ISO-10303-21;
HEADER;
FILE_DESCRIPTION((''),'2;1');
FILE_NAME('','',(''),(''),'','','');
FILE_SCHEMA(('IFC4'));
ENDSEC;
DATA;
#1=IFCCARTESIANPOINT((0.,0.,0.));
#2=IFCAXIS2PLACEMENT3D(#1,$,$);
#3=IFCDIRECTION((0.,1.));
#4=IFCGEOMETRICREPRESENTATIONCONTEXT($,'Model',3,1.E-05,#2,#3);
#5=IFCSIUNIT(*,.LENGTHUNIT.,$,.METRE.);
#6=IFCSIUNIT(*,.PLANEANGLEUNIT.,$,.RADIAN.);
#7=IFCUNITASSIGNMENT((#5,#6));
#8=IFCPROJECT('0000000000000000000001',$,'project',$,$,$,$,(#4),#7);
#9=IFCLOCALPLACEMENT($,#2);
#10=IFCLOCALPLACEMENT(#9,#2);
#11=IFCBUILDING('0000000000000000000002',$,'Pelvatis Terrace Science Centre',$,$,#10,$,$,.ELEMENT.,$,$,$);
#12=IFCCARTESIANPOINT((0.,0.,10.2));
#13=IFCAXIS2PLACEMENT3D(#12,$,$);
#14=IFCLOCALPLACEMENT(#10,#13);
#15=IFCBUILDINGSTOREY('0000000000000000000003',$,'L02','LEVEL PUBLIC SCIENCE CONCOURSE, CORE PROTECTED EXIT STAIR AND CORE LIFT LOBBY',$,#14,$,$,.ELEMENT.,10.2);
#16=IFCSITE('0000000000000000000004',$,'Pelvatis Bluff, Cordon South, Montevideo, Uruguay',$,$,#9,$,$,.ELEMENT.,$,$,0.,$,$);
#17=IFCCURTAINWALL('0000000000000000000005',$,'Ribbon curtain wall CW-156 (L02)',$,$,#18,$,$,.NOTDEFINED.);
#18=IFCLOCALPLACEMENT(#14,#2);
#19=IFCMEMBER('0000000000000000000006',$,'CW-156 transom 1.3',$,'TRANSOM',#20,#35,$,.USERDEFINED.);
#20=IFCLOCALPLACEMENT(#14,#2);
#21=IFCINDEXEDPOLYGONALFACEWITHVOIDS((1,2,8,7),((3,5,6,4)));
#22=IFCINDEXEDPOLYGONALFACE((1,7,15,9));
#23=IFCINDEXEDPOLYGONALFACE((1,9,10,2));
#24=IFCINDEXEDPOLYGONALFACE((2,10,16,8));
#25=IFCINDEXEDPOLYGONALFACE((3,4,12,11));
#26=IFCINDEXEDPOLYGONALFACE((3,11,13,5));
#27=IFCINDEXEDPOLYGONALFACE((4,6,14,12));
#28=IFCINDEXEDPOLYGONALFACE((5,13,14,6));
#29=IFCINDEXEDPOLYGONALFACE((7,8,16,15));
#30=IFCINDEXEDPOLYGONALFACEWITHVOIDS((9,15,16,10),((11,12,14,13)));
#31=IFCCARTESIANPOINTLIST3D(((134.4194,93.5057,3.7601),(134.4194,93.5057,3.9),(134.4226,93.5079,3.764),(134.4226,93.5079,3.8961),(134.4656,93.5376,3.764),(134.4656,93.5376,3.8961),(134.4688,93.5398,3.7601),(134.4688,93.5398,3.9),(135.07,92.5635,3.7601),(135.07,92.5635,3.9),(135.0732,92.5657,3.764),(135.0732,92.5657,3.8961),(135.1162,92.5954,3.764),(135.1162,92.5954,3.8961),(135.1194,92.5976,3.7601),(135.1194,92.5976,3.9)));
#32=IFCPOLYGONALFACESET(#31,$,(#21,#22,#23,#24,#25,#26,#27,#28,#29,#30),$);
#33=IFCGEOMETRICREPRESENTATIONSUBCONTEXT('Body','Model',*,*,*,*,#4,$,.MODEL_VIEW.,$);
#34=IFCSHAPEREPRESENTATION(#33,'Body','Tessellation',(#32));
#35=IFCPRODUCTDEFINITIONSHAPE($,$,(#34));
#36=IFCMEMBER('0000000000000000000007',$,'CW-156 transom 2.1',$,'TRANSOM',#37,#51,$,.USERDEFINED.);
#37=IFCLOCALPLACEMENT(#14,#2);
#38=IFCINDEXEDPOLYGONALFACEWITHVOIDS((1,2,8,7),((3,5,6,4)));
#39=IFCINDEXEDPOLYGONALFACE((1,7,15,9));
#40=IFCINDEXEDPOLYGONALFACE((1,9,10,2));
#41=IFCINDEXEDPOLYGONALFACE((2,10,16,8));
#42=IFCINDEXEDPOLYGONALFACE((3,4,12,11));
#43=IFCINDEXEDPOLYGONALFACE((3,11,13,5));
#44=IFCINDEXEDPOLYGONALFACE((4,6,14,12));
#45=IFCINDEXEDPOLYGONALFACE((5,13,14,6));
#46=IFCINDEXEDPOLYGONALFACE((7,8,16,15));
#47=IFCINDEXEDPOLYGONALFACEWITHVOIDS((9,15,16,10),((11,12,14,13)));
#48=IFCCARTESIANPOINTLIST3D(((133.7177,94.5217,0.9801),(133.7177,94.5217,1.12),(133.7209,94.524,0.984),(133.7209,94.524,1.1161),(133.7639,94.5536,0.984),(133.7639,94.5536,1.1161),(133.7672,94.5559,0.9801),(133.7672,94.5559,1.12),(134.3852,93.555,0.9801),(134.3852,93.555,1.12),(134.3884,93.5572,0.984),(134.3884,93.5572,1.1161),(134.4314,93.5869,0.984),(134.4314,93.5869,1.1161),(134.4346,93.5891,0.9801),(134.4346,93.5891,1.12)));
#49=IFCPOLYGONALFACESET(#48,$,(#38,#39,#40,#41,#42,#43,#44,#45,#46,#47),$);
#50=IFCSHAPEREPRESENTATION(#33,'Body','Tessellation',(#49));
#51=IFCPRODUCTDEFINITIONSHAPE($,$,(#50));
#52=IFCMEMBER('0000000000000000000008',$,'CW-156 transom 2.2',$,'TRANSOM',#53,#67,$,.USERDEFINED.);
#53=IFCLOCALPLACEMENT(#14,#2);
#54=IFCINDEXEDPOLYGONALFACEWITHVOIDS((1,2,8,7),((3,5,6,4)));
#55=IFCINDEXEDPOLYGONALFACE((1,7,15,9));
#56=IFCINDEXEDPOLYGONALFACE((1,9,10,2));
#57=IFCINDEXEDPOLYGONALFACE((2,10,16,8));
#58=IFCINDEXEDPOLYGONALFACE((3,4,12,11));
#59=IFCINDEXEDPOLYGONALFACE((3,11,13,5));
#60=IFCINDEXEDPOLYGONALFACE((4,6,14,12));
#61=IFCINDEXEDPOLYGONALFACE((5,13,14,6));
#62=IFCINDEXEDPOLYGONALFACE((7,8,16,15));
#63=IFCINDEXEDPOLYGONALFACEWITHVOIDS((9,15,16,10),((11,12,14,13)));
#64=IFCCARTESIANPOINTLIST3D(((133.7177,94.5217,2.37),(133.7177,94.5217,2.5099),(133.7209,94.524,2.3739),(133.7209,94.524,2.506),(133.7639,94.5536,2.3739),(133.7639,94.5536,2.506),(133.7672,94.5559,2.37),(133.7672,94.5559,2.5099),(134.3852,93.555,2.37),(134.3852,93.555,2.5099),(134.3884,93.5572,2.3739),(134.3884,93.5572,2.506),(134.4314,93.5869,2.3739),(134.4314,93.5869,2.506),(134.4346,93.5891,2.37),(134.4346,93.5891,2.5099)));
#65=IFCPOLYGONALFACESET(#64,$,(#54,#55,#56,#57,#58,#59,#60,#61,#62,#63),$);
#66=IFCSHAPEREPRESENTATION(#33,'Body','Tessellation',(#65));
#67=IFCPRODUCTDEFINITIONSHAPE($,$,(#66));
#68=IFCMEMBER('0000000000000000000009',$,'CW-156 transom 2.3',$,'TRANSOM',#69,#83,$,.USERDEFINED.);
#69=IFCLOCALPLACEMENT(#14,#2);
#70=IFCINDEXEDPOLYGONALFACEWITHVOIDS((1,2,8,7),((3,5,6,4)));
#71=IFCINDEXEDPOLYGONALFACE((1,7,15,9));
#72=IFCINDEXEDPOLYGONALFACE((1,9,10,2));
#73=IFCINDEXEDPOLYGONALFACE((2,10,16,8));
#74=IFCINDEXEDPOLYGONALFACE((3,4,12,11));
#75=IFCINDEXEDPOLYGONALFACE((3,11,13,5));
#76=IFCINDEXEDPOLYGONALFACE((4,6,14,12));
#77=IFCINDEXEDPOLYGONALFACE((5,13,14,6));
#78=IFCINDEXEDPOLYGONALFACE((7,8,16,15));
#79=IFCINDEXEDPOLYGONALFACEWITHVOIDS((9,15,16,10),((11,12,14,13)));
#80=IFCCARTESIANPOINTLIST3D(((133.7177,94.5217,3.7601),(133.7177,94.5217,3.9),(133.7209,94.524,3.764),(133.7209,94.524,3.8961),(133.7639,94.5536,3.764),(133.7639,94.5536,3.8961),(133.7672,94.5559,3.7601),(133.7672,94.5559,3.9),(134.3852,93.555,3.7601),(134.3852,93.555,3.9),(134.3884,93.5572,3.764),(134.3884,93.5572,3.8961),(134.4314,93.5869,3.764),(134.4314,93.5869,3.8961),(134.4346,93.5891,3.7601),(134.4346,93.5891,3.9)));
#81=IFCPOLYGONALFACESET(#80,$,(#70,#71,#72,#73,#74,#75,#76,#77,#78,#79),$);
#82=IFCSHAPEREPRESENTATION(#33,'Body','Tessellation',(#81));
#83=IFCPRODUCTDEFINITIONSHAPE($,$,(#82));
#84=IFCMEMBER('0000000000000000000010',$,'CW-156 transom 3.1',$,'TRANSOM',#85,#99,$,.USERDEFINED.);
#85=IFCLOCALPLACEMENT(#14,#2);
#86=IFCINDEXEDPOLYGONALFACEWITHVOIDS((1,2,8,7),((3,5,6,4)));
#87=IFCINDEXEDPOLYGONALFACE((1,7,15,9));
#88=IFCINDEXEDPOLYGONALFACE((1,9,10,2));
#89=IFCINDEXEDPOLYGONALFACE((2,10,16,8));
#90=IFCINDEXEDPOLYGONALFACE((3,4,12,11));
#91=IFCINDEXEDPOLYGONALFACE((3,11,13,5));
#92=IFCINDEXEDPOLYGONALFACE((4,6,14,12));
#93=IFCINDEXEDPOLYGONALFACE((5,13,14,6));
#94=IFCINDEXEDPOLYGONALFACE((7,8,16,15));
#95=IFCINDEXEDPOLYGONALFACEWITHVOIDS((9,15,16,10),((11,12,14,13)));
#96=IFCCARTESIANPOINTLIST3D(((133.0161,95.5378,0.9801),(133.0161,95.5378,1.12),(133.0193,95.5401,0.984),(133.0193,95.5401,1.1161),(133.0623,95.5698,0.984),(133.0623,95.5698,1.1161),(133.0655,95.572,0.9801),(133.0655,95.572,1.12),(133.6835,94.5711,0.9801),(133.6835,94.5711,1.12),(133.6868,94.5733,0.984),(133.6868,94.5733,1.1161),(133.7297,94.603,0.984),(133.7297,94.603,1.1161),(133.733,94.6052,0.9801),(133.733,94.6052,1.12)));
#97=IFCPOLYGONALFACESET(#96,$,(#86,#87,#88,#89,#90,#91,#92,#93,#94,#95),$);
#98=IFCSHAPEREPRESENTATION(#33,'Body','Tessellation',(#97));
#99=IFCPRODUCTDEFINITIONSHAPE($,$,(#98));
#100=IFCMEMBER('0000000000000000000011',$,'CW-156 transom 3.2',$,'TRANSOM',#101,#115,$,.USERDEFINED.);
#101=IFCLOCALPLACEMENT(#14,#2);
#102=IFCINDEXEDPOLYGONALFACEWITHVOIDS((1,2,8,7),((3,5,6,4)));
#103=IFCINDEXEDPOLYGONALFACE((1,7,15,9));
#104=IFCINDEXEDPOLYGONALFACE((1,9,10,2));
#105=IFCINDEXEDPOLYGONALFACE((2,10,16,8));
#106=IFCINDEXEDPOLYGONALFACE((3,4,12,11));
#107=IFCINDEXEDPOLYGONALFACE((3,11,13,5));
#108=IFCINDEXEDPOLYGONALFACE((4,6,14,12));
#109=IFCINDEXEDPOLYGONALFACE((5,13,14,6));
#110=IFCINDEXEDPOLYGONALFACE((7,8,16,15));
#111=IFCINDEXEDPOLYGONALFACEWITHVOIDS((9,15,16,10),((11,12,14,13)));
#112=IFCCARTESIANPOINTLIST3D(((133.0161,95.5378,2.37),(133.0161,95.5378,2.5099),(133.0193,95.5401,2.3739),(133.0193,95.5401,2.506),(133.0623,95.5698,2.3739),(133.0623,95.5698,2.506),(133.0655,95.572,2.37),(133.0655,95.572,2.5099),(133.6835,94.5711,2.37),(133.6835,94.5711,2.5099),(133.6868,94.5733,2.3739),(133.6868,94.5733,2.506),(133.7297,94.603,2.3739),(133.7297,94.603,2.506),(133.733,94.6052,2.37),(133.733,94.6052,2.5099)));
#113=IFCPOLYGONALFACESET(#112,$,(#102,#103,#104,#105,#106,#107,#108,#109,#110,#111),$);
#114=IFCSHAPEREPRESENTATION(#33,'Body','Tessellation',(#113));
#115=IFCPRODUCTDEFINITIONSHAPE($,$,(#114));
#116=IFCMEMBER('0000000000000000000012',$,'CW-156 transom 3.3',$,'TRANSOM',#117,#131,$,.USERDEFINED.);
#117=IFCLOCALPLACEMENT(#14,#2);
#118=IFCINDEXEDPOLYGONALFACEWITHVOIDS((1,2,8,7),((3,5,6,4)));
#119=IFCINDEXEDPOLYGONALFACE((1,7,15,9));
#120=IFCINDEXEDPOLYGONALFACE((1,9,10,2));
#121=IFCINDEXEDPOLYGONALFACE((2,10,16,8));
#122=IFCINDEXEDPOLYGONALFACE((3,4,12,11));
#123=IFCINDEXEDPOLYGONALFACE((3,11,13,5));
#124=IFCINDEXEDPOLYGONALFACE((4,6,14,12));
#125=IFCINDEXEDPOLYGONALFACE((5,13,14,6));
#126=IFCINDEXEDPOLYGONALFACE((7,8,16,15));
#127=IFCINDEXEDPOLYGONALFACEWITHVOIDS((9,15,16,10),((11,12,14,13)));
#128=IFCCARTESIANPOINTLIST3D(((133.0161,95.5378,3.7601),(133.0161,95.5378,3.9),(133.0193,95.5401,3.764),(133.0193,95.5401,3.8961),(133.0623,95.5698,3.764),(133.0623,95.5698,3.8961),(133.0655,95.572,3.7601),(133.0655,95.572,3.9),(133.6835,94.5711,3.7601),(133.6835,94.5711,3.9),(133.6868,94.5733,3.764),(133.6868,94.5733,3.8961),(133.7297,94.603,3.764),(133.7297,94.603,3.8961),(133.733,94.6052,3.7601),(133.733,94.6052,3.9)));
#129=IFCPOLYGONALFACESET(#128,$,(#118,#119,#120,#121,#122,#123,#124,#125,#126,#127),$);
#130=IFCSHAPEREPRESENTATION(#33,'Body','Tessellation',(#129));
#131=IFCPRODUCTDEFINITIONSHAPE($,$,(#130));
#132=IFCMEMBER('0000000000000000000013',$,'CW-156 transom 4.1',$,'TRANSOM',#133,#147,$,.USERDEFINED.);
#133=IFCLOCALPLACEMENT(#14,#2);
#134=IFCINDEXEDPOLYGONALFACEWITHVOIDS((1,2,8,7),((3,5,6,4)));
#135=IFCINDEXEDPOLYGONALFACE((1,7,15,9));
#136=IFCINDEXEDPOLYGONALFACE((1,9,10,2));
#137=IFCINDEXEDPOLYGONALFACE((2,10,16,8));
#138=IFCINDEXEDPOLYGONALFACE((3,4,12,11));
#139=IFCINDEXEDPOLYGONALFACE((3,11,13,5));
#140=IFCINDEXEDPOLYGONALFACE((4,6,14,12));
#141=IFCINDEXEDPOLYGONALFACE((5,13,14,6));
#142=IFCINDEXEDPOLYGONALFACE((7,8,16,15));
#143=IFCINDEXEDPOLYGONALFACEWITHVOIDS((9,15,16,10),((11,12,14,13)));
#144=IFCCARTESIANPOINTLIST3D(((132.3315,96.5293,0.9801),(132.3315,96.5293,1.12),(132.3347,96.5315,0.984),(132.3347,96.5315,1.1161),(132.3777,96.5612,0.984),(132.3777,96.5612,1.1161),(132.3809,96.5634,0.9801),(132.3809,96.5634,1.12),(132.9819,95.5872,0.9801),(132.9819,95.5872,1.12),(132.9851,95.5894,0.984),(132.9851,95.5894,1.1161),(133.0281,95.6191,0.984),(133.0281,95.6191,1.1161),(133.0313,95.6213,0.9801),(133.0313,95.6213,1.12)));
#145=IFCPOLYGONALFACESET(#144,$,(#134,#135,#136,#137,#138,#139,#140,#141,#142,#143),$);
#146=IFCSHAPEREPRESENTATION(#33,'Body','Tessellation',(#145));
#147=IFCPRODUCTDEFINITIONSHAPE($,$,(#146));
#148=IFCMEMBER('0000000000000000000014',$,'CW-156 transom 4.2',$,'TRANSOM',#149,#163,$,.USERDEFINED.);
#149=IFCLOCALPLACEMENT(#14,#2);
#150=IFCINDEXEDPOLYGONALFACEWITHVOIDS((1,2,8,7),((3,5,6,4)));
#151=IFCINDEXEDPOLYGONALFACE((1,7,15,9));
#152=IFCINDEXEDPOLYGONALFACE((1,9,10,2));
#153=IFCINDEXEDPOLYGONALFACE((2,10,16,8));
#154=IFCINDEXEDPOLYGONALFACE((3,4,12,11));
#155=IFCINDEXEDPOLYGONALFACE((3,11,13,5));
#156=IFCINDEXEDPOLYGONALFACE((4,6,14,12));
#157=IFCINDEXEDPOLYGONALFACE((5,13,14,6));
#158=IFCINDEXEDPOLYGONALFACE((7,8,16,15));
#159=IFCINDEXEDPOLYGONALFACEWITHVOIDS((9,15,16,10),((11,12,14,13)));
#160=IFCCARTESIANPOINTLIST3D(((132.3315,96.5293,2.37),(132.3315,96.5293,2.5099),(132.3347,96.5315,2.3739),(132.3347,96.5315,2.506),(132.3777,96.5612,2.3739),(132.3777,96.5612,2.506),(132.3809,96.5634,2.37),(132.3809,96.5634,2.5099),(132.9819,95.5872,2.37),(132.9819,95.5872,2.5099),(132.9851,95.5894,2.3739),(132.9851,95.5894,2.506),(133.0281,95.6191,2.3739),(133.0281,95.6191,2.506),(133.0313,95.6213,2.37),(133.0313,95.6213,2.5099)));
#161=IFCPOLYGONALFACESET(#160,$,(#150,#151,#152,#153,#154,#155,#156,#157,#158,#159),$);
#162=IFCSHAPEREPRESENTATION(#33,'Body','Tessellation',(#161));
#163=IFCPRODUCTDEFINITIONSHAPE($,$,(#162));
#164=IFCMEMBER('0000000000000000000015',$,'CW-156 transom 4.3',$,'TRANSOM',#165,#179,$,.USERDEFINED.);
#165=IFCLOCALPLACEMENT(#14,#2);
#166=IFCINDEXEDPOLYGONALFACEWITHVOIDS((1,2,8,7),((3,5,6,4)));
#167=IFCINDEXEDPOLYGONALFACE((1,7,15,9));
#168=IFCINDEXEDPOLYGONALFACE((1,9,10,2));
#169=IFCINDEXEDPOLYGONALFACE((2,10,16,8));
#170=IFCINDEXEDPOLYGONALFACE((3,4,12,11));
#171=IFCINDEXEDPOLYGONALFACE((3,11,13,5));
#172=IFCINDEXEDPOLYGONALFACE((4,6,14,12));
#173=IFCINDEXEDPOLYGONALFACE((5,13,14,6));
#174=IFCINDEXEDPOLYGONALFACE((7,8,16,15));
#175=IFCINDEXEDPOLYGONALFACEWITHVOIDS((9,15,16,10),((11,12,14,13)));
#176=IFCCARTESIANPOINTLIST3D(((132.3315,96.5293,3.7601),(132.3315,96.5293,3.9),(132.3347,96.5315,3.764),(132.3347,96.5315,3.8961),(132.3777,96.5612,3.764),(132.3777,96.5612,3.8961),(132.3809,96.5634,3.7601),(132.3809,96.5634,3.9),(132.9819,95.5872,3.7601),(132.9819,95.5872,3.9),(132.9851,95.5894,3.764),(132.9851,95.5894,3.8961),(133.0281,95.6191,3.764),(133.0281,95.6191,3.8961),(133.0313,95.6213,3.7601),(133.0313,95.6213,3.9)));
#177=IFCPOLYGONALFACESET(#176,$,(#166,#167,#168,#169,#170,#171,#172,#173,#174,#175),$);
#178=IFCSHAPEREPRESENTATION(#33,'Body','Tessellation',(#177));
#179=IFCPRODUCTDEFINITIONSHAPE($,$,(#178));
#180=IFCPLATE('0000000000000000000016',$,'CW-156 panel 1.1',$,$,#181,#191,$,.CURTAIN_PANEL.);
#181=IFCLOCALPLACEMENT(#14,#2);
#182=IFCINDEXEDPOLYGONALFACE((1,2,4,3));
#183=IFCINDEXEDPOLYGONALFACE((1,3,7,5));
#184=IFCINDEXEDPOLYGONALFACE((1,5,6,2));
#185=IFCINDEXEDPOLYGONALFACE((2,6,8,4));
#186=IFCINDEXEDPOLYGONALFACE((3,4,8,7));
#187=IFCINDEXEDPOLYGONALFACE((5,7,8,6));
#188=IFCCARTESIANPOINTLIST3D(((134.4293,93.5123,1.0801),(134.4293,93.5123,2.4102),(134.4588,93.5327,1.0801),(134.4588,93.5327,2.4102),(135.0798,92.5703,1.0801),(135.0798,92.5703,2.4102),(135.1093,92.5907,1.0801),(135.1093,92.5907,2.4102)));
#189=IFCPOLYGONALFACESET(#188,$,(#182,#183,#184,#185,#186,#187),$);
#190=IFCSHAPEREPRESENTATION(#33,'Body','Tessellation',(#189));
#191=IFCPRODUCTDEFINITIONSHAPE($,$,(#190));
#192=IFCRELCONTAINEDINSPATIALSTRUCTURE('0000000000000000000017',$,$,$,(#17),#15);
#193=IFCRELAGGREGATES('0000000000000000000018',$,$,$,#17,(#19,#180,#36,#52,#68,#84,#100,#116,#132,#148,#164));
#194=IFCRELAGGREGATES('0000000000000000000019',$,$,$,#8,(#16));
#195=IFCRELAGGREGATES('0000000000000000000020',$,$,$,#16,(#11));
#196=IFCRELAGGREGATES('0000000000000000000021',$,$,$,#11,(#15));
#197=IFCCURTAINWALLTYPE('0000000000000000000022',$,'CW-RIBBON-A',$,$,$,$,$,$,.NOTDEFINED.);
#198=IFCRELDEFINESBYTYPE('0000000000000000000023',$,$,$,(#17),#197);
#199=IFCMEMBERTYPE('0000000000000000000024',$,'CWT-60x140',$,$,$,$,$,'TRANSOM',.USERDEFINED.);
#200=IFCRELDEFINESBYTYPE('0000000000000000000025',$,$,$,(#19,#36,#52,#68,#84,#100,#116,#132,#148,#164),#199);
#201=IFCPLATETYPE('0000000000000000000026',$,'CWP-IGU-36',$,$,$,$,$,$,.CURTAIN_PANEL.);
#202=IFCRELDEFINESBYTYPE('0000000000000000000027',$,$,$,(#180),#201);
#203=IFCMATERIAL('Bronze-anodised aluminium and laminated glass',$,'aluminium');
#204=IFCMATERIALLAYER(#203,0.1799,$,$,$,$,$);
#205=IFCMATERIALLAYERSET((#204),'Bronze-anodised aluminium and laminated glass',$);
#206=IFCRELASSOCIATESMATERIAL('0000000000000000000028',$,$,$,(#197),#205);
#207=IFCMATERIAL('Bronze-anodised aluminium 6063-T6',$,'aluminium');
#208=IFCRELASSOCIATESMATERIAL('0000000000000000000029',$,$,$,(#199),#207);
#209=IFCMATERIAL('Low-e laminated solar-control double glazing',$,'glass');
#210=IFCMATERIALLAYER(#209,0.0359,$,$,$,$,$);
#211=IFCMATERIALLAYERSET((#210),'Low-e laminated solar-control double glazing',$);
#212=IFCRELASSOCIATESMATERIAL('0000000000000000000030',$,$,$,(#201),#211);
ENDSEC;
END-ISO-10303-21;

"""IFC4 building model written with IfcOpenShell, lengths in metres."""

from ifc_helpers import new_model, si_unit, direction, frame, origin, origin_2d, place, context, subcontext, project, spatial, rectangle, hollow_rectangle, extrude, material, layer, layer_set, material_profile, profile_set, type_object, element, aggregate, save


model = new_model("IFC4")

# Units and contexts
model_context = context("Model", 3, precision=1e-05, world=origin(), true_north=direction((0.0, 1.0)))
body_context = subcontext(model_context, "Body", "Model", "MODEL_VIEW")
ifc_project = project(units=[si_unit("LENGTHUNIT", "METRE"), si_unit("PLANEANGLEUNIT", "RADIAN")], contexts=[model_context])

# Site, building, storey
site_placement = place(None, origin())
site = spatial("IfcSite", under=ifc_project, at=site_placement, Name="Pelvatis Bluff, Cordon South, Montevideo, Uruguay", CompositionType="ELEMENT", RefElevation=0.0)
building_placement = place(site_placement, origin())
building = spatial("IfcBuilding", under=site, at=building_placement, Name="Pelvatis Terrace Science Centre", CompositionType="ELEMENT")
storey_placement = place(building_placement, frame((0.0, 0.0, 10.2)))
storey = spatial("IfcBuildingStorey", under=building, at=storey_placement, Name="L02", Description="LEVEL PUBLIC SCIENCE CONCOURSE, CORE PROTECTED EXIT STAIR AND CORE LIFT LOBBY", CompositionType="ELEMENT", Elevation=10.2)

# Curtain wall, members, plate
ifc_material_1 = material(Name="Bronze-anodised aluminium and laminated glass", Category="aluminium")
ifc_layer_1 = layer(ifc_material_1, 0.1799)
ifc_layer_set_1 = layer_set([ifc_layer_1], Name="Bronze-anodised aluminium and laminated glass")
curtain_wall_type = type_object("IfcCurtainWallType", Name="CW-RIBBON-A", PredefinedType="NOTDEFINED", material=ifc_layer_set_1)
curtain_wall_placement = place(storey_placement, origin())
curtain_wall = element("IfcCurtainWall", 1, at=curtain_wall_placement, inside=storey, type_object=curtain_wall_type, Name="Ribbon curtain wall CW-156 (L02)", PredefinedType="NOTDEFINED")
ifc_material_2 = material(Name="Bronze-anodised aluminium 6063-T6", Category="aluminium")
ifc_material_profile_1 = material_profile(ifc_material_2, hollow_rectangle(XDim=0.0601, YDim=0.1399, WallThickness=0.0039, at=origin_2d()), Name="ALU-TRN 60x140")
ifc_profile_set_1 = profile_set([ifc_material_profile_1], Name="Bronze-anodised aluminium 6063-T6")
member_type_1 = type_object("IfcMemberType", Name="CWT-60x140", ElementType="TRANSOM", PredefinedType="USERDEFINED", material=ifc_profile_set_1)
member_1_placement = place(storey_placement, frame((135.0947, 92.5806, 3.8301), z_axis=(-0.568256, 0.822852, 0.0), x_axis=(-0.822852, -0.568256, 0.0)))
member_1 = element("IfcMember", 2, at=member_1_placement, type_object=member_type_1, Name="CW-156 transom 1.3", ObjectType="TRANSOM", PredefinedType="USERDEFINED", context=body_context, shape_type="SweptSolid", body=[
    extrude(hollow_rectangle(XDim=0.0601, YDim=0.1399, WallThickness=0.0039, at=origin_2d()), origin(), (0.0, 0.0, 1.0), 1.145),
])
member_2_placement = place(storey_placement, frame((134.4099, 93.572, 1.05), z_axis=(-0.568151, 0.822925, 0.0), x_axis=(-0.822925, -0.568151, 0.0)))
member_2 = element("IfcMember", 3, at=member_2_placement, type_object=member_type_1, Name="CW-156 transom 2.1", ObjectType="TRANSOM", PredefinedType="USERDEFINED", context=body_context, shape_type="SweptSolid", body=[
    extrude(hollow_rectangle(XDim=0.0601, YDim=0.1399, WallThickness=0.0039, at=origin_2d()), origin(), (0.0, 0.0, 1.0), 1.1748),
])
member_3_placement = place(storey_placement, frame((134.4099, 93.572, 2.4399), z_axis=(-0.568151, 0.822925, 0.0), x_axis=(-0.822925, -0.568151, 0.0)))
member_3 = element("IfcMember", 4, at=member_3_placement, type_object=member_type_1, Name="CW-156 transom 2.2", ObjectType="TRANSOM", PredefinedType="USERDEFINED", context=body_context, shape_type="SweptSolid", body=[
    extrude(hollow_rectangle(XDim=0.0601, YDim=0.1399, WallThickness=0.0039, at=origin_2d()), origin(), (0.0, 0.0, 1.0), 1.1748),
])
member_4_placement = place(storey_placement, frame((134.4099, 93.572, 3.8301), z_axis=(-0.568151, 0.822925, 0.0), x_axis=(-0.822925, -0.568151, 0.0)))
member_4 = element("IfcMember", 5, at=member_4_placement, type_object=member_type_1, Name="CW-156 transom 2.3", ObjectType="TRANSOM", PredefinedType="USERDEFINED", context=body_context, shape_type="SweptSolid", body=[
    extrude(hollow_rectangle(XDim=0.0601, YDim=0.1399, WallThickness=0.0039, at=origin_2d()), origin(), (0.0, 0.0, 1.0), 1.1748),
])
member_5_placement = place(storey_placement, frame((133.7083, 94.5881, 1.05), z_axis=(-0.568151, 0.822925, 0.0), x_axis=(-0.822925, -0.568151, 0.0)))
member_5 = element("IfcMember", 6, at=member_5_placement, type_object=member_type_1, Name="CW-156 transom 3.1", ObjectType="TRANSOM", PredefinedType="USERDEFINED", context=body_context, shape_type="SweptSolid", body=[
    extrude(hollow_rectangle(XDim=0.0601, YDim=0.1399, WallThickness=0.0039, at=origin_2d()), origin(), (0.0, 0.0, 1.0), 1.1748),
])
member_6_placement = place(storey_placement, frame((133.7083, 94.5881, 2.4399), z_axis=(-0.568151, 0.822925, 0.0), x_axis=(-0.822925, -0.568151, 0.0)))
member_6 = element("IfcMember", 7, at=member_6_placement, type_object=member_type_1, Name="CW-156 transom 3.2", ObjectType="TRANSOM", PredefinedType="USERDEFINED", context=body_context, shape_type="SweptSolid", body=[
    extrude(hollow_rectangle(XDim=0.0601, YDim=0.1399, WallThickness=0.0039, at=origin_2d()), origin(), (0.0, 0.0, 1.0), 1.1748),
])
member_7_placement = place(storey_placement, frame((133.7083, 94.5881, 3.8301), z_axis=(-0.568151, 0.822925, 0.0), x_axis=(-0.822925, -0.568151, 0.0)))
member_7 = element("IfcMember", 8, at=member_7_placement, type_object=member_type_1, Name="CW-156 transom 3.3", ObjectType="TRANSOM", PredefinedType="USERDEFINED", context=body_context, shape_type="SweptSolid", body=[
    extrude(hollow_rectangle(XDim=0.0601, YDim=0.1399, WallThickness=0.0039, at=origin_2d()), origin(), (0.0, 0.0, 1.0), 1.1748),
])
member_8_placement = place(storey_placement, frame((133.0066, 95.6042, 1.05), z_axis=(-0.568112, 0.822951, 0.0), x_axis=(-0.822951, -0.568112, 0.0)))
member_8 = element("IfcMember", 9, at=member_8_placement, type_object=member_type_1, Name="CW-156 transom 4.1", ObjectType="TRANSOM", PredefinedType="USERDEFINED", context=body_context, shape_type="SweptSolid", body=[
    extrude(hollow_rectangle(XDim=0.0601, YDim=0.1399, WallThickness=0.0039, at=origin_2d()), origin(), (0.0, 0.0, 1.0), 1.1448),
])
member_9_placement = place(storey_placement, frame((133.0066, 95.6042, 2.4399), z_axis=(-0.568112, 0.822951, 0.0), x_axis=(-0.822951, -0.568112, 0.0)))
member_9 = element("IfcMember", 10, at=member_9_placement, type_object=member_type_1, Name="CW-156 transom 4.2", ObjectType="TRANSOM", PredefinedType="USERDEFINED", context=body_context, shape_type="SweptSolid", body=[
    extrude(hollow_rectangle(XDim=0.0601, YDim=0.1399, WallThickness=0.0039, at=origin_2d()), origin(), (0.0, 0.0, 1.0), 1.1448),
])
member_10_placement = place(storey_placement, frame((133.0066, 95.6042, 3.8301), z_axis=(-0.568112, 0.822951, 0.0), x_axis=(-0.822951, -0.568112, 0.0)))
member_10 = element("IfcMember", 11, at=member_10_placement, type_object=member_type_1, Name="CW-156 transom 4.3", ObjectType="TRANSOM", PredefinedType="USERDEFINED", context=body_context, shape_type="SweptSolid", body=[
    extrude(hollow_rectangle(XDim=0.0601, YDim=0.1399, WallThickness=0.0039, at=origin_2d()), origin(), (0.0, 0.0, 1.0), 1.1448),
])
ifc_material_3 = material(Name="Low-e laminated solar-control double glazing", Category="glass")
ifc_layer_2 = layer(ifc_material_3, 0.0359)
ifc_layer_set_2 = layer_set([ifc_layer_2], Name="Low-e laminated solar-control double glazing")
plate_type = type_object("IfcPlateType", Name="CWP-IGU-36", PredefinedType="CURTAIN_PANEL", material=ifc_layer_set_2)
plate_1_placement = place(storey_placement, frame((134.7693, 93.0515, 1.0801), z_axis=(0.0, 0.0, 1.0), x_axis=(-0.568203, 0.822888, 0.0)))
plate_1 = element("IfcPlate", 12, at=plate_1_placement, type_object=plate_type, Name="CW-156 panel 1.1", PredefinedType="CURTAIN_PANEL", context=body_context, shape_type="SweptSolid", body=[
    extrude(rectangle(XDim=1.1448, YDim=0.0359, at=origin_2d()), origin(), (0.0, 0.0, 1.0), 1.3301),
])
aggregate(curtain_wall, [member_1, plate_1, member_2, member_3, member_4, member_5, member_6, member_7, member_8, member_9, member_10])

save(model, "model.ifc")
